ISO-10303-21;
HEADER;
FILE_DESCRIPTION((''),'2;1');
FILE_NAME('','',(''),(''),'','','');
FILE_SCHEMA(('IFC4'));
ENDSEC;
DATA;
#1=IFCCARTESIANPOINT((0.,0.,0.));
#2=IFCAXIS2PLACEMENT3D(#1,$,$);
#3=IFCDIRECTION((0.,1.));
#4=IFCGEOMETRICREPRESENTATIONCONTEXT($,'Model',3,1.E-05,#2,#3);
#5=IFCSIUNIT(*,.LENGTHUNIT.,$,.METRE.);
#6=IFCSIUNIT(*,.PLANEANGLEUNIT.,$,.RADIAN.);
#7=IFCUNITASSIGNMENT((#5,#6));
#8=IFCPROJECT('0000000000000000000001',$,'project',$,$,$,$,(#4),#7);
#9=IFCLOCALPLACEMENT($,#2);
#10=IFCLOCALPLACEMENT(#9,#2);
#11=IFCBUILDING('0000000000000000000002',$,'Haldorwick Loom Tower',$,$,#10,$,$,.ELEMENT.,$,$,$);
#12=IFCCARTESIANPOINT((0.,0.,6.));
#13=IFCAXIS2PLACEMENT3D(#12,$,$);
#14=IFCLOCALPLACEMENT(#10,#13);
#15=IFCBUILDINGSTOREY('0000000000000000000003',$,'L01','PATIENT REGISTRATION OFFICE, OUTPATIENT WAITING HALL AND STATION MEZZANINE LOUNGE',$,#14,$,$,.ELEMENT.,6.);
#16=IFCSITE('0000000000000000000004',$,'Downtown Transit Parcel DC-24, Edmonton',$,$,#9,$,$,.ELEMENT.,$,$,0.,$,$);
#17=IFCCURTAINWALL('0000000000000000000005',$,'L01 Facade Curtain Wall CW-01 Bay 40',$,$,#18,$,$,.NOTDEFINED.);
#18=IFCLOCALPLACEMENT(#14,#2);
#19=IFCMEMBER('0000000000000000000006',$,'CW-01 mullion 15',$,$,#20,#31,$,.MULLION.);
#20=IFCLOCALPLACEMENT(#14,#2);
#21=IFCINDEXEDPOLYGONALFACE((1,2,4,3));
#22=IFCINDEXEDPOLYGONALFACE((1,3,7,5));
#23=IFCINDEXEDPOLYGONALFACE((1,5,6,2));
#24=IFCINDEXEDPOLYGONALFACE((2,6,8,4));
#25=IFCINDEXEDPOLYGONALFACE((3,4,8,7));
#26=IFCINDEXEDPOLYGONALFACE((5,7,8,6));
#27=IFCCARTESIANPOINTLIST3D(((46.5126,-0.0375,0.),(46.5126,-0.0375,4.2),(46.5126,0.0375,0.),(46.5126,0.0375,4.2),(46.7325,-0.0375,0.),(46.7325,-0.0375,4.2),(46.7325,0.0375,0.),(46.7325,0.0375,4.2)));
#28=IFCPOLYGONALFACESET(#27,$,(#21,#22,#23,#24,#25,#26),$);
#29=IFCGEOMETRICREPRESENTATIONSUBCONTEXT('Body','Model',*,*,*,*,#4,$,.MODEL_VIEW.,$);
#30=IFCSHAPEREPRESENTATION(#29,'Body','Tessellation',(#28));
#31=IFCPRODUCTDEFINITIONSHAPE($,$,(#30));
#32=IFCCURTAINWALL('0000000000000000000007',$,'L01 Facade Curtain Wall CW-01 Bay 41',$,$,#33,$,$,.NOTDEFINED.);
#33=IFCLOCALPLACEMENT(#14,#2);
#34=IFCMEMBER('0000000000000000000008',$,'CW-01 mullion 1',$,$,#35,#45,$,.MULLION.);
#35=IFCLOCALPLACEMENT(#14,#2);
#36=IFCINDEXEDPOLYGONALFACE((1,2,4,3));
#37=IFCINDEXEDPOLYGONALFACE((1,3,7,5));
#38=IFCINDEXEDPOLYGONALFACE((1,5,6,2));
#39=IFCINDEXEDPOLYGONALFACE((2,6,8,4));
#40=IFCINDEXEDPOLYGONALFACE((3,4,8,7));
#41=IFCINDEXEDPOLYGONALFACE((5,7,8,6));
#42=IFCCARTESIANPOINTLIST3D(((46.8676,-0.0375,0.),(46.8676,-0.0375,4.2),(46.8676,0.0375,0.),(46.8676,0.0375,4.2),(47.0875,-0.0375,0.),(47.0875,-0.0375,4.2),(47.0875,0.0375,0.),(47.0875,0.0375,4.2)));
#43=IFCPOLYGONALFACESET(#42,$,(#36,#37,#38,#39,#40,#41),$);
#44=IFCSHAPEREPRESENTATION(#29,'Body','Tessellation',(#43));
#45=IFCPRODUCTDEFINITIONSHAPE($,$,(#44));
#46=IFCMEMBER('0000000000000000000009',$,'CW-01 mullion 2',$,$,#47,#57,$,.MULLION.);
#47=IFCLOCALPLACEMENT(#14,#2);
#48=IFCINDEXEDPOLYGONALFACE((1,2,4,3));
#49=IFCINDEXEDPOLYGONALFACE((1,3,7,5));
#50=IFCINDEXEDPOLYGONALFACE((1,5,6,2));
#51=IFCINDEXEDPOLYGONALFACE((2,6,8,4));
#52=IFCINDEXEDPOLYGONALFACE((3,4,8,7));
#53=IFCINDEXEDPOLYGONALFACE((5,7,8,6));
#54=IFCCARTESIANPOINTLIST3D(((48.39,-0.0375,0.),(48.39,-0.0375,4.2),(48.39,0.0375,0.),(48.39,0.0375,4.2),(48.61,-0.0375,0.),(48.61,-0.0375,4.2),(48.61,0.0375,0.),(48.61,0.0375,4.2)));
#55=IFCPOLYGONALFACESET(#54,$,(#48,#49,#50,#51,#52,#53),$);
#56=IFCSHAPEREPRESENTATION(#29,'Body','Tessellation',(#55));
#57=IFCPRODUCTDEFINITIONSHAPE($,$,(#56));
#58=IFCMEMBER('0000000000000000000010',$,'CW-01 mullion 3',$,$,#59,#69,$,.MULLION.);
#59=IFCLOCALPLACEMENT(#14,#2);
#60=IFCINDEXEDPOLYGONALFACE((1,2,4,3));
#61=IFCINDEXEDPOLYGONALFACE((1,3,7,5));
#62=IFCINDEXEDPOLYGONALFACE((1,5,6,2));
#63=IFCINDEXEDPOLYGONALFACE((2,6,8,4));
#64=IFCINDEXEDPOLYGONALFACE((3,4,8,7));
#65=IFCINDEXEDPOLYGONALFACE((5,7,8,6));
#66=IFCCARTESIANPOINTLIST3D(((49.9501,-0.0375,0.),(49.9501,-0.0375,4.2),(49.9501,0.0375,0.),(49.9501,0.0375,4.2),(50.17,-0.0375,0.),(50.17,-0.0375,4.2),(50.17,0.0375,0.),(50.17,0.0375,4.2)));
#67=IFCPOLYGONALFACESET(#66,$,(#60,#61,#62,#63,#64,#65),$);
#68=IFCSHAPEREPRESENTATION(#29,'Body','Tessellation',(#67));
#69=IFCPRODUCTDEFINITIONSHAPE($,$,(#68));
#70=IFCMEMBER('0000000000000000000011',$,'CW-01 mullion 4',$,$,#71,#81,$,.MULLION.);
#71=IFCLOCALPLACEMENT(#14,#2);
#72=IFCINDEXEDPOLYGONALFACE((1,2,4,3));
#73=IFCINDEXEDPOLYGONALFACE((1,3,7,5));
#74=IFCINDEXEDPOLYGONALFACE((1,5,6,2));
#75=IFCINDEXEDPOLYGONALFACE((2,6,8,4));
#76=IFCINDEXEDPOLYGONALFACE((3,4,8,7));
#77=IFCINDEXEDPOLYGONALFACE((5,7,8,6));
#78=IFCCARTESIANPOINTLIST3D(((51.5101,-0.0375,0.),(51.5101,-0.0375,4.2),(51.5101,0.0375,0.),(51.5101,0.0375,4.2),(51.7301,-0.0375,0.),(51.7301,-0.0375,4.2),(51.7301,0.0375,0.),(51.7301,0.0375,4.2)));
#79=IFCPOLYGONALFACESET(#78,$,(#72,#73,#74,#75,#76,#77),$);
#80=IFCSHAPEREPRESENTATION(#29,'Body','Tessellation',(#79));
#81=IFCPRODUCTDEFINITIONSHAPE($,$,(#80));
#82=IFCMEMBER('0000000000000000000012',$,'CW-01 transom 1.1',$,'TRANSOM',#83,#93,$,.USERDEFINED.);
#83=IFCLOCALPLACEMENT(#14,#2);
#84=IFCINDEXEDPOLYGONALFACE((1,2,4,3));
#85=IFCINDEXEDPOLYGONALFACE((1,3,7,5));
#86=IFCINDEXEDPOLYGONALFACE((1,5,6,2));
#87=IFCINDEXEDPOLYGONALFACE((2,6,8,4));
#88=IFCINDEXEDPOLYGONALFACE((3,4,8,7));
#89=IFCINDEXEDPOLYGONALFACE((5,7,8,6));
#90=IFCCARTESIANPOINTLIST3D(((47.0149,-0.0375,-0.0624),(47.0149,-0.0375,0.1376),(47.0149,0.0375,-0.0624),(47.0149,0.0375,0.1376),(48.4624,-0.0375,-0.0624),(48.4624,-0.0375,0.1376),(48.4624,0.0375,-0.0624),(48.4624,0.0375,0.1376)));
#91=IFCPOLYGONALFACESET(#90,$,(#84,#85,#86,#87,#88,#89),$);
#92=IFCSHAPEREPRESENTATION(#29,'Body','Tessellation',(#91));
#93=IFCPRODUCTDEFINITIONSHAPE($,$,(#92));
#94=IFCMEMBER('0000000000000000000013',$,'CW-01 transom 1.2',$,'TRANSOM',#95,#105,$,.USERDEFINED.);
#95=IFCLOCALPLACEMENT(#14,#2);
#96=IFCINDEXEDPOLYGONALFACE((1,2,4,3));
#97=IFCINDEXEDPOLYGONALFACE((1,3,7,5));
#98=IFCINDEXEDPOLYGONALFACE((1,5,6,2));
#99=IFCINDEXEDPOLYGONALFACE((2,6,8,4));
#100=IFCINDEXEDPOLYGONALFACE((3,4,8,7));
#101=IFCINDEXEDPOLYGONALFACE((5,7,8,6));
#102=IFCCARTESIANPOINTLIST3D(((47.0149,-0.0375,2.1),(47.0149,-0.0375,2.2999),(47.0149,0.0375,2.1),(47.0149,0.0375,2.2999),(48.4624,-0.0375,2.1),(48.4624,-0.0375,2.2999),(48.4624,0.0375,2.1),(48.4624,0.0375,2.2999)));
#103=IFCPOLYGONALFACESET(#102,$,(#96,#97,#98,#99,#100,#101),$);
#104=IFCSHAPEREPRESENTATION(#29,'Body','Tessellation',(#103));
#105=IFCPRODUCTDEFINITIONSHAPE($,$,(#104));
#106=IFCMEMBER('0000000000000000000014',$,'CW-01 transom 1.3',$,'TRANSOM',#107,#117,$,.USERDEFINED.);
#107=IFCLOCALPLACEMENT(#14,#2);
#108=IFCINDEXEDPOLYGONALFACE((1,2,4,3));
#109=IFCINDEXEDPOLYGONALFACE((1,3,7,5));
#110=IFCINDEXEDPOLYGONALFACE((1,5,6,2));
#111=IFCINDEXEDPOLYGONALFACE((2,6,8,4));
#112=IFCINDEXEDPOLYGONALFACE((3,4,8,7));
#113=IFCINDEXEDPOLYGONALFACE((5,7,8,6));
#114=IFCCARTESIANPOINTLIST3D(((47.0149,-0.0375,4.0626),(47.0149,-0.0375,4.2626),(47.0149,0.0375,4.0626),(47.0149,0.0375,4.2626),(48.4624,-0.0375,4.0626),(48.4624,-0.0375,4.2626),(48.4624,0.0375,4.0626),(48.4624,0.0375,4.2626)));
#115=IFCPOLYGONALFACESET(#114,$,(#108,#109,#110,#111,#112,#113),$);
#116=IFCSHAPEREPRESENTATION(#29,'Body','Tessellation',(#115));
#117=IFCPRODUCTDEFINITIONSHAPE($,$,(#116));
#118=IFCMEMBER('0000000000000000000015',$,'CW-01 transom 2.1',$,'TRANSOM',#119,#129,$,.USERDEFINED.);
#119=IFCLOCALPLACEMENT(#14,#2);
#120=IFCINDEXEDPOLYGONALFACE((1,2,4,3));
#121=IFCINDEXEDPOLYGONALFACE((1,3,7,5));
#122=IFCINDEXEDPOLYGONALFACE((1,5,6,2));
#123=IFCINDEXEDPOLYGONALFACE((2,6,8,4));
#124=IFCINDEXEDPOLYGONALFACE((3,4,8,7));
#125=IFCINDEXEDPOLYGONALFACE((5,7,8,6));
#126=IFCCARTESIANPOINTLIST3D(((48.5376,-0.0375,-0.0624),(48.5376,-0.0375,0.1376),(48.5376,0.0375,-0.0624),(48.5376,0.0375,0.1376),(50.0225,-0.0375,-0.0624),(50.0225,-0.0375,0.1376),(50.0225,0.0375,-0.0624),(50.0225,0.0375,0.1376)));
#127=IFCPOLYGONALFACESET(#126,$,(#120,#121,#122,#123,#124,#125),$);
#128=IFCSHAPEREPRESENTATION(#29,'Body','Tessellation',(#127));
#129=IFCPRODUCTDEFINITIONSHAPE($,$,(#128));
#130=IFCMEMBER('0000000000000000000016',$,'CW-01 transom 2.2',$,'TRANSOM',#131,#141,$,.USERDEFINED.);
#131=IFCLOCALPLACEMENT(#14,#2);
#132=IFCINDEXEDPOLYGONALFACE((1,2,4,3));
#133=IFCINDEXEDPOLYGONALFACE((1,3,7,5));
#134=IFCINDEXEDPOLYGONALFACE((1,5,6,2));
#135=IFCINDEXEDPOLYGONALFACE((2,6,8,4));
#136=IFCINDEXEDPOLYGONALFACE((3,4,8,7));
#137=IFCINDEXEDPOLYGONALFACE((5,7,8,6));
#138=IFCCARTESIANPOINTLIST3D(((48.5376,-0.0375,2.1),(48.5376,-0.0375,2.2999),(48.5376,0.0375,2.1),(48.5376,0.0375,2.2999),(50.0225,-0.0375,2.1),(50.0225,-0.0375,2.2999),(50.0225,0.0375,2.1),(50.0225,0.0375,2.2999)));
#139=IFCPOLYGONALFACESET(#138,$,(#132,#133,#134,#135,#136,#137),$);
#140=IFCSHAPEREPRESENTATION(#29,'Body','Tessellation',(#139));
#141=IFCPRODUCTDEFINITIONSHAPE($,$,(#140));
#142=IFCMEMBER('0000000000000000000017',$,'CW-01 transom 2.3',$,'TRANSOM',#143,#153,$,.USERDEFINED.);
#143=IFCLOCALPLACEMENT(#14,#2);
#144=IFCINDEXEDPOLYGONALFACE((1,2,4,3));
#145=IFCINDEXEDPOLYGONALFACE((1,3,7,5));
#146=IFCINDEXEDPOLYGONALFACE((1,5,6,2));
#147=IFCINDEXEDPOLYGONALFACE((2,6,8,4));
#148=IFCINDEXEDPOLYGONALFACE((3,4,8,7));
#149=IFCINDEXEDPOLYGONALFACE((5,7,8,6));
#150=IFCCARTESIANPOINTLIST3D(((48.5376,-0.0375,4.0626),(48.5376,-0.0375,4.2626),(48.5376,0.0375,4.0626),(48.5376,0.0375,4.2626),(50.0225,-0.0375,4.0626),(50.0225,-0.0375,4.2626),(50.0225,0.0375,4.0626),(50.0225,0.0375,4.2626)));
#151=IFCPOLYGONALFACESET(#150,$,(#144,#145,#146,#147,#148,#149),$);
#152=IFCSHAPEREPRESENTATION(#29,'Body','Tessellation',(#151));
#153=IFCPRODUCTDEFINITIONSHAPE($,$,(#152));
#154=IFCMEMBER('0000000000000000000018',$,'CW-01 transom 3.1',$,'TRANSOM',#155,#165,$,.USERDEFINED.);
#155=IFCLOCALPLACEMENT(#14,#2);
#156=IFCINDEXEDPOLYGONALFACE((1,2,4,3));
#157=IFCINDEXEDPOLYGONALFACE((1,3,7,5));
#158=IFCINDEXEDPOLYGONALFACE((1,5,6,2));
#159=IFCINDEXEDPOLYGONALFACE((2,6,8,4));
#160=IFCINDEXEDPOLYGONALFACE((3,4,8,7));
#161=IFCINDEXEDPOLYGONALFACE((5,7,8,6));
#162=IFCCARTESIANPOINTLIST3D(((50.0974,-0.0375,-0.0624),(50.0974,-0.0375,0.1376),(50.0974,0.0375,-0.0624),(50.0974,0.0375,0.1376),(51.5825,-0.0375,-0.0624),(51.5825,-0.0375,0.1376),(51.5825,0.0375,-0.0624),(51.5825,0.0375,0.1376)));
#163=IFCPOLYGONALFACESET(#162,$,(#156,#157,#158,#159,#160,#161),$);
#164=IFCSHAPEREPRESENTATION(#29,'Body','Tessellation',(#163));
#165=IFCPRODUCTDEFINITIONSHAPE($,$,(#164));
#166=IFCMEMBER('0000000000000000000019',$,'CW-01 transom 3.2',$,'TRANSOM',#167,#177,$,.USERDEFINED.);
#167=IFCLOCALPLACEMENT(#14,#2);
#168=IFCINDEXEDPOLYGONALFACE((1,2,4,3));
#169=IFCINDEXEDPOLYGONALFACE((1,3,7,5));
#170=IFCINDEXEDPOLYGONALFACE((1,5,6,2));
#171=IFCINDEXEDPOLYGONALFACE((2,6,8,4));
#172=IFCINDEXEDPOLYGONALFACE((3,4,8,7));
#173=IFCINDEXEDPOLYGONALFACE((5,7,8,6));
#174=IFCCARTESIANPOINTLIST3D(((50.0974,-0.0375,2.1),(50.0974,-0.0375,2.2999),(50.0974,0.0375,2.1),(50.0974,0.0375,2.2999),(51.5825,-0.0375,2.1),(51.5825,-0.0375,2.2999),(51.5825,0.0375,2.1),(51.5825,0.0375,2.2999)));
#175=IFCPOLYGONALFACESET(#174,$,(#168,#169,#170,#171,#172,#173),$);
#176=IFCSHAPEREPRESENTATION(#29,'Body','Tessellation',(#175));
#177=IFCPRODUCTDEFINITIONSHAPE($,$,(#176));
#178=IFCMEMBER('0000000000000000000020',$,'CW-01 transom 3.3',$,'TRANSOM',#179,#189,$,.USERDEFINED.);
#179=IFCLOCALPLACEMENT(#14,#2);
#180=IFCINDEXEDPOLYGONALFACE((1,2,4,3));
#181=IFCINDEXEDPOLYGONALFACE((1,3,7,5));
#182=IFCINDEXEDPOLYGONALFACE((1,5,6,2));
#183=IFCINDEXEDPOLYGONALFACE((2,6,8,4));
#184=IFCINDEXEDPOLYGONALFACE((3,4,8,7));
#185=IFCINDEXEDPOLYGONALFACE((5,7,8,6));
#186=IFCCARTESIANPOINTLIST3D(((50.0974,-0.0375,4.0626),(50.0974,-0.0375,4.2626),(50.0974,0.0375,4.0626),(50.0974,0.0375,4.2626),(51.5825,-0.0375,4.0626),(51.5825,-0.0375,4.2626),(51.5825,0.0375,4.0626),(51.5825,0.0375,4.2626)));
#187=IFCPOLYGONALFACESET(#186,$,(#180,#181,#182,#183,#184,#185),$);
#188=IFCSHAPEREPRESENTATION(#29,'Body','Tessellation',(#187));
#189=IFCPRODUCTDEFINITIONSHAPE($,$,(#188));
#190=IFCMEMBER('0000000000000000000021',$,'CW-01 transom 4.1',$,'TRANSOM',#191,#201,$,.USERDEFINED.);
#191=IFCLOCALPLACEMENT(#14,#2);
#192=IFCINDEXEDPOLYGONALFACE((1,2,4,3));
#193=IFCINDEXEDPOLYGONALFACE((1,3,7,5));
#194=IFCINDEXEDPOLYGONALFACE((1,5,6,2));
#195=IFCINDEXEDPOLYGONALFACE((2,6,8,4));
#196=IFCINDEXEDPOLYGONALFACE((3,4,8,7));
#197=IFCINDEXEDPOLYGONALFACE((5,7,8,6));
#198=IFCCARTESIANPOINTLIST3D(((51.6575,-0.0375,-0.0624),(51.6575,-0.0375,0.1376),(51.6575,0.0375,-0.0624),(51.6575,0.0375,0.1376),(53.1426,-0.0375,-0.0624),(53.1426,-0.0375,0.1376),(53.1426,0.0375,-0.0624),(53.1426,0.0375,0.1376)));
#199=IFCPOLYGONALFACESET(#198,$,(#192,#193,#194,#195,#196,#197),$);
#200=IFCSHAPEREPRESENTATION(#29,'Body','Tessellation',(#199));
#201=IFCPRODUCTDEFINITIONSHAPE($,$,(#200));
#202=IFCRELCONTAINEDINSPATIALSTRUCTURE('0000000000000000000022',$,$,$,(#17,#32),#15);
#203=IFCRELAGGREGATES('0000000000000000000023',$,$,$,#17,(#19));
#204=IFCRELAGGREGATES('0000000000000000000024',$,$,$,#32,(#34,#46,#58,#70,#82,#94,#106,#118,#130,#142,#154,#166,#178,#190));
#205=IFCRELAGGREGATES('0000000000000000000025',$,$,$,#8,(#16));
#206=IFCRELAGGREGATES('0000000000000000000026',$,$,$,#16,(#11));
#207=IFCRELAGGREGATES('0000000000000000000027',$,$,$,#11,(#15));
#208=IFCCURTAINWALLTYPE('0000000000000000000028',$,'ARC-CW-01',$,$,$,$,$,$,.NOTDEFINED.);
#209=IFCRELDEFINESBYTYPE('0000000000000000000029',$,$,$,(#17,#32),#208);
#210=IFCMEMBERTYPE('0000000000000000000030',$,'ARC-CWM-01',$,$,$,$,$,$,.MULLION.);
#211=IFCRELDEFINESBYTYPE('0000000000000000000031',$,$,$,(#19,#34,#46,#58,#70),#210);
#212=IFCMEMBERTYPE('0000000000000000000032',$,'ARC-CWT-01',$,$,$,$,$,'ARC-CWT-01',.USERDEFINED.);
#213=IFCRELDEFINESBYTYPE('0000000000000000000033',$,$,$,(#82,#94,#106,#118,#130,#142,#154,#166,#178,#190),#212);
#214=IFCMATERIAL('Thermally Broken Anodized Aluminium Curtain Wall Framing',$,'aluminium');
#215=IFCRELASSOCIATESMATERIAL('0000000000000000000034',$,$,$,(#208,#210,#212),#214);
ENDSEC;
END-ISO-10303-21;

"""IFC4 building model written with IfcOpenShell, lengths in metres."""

from ifc_helpers import new_model, si_unit, direction, frame, origin, origin_2d, place, context, subcontext, project, spatial, rectangle, extrude, material, material_profile, profile_set, type_object, element, aggregate, save


model = new_model("IFC4")

# Units and contexts
model_context = context("Model", 3, precision=1e-05, world=origin(), true_north=direction((0.0, 1.0)))
body_context = subcontext(model_context, "Body", "Model", "MODEL_VIEW")
ifc_project = project(units=[si_unit("LENGTHUNIT", "METRE"), si_unit("PLANEANGLEUNIT", "RADIAN")], contexts=[model_context])

# Site, building, storey
site_placement = place(None, origin())
site = spatial("IfcSite", under=ifc_project, at=site_placement, Name="Downtown Transit Parcel DC-24, Edmonton", CompositionType="ELEMENT", RefElevation=0.0)
building_placement = place(site_placement, origin())
building = spatial("IfcBuilding", under=site, at=building_placement, Name="Haldorwick Loom Tower", CompositionType="ELEMENT")
storey_placement = place(building_placement, frame((0.0, 0.0, 6.0)))
storey = spatial("IfcBuildingStorey", under=building, at=storey_placement, Name="L01", Description="PATIENT REGISTRATION OFFICE, OUTPATIENT WAITING HALL AND STATION MEZZANINE LOUNGE", CompositionType="ELEMENT", Elevation=6.0)

# Curtain wall, member
ifc_material_1 = material(Name="Thermally Broken Anodized Aluminium Curtain Wall Framing", Category="aluminium")
curtain_wall_type = type_object("IfcCurtainWallType", Name="ARC-CW-01", PredefinedType="NOTDEFINED", material=ifc_material_1)
curtain_wall_1_placement = place(storey_placement, origin())
curtain_wall_1 = element("IfcCurtainWall", 1, at=curtain_wall_1_placement, inside=storey, type_object=curtain_wall_type, Name="L01 Facade Curtain Wall CW-01 Bay 40", PredefinedType="NOTDEFINED")
ifc_material_profile_1 = material_profile(ifc_material_1, rectangle(XDim=0.075, YDim=0.22, at=origin_2d()), Name="ALU_MUL_75X220", Category="aluminium")
ifc_profile_set_1 = profile_set([ifc_material_profile_1], Name="Thermally Broken Anodized Aluminium Curtain Wall Framing")
member_type_1 = type_object("IfcMemberType", Name="ARC-CWM-01", PredefinedType="MULLION", material=ifc_profile_set_1)
member_1_placement = place(storey_placement, frame((46.6226, 0.0, 0.0), z_axis=(0.0, 0.0, 1.0), x_axis=(0.0, 1.0, 0.0)))
member_1 = element("IfcMember", 2, at=member_1_placement, type_object=member_type_1, Name="CW-01 mullion 15", PredefinedType="MULLION", context=body_context, shape_type="SweptSolid", body=[
    extrude(rectangle(XDim=0.075, YDim=0.22, at=origin_2d()), origin(), (0.0, 0.0, 1.0), 4.2),
])
aggregate(curtain_wall_1, [member_1])

# Curtain wall, members
curtain_wall_2_placement = place(storey_placement, origin())
curtain_wall_2 = element("IfcCurtainWall", 3, at=curtain_wall_2_placement, inside=storey, type_object=curtain_wall_type, Name="L01 Facade Curtain Wall CW-01 Bay 41", PredefinedType="NOTDEFINED")
member_2_placement = place(storey_placement, frame((46.9775, 0.0, 0.0), z_axis=(0.0, 0.0, 1.0), x_axis=(0.0, 1.0, 0.0)))
member_2 = element("IfcMember", 4, at=member_2_placement, type_object=member_type_1, Name="CW-01 mullion 1", PredefinedType="MULLION", context=body_context, shape_type="SweptSolid", body=[
    extrude(rectangle(XDim=0.075, YDim=0.22, at=origin_2d()), origin(), (0.0, 0.0, 1.0), 4.2),
])
member_3_placement = place(storey_placement, frame((48.5, 0.0, 0.0), z_axis=(0.0, 0.0, 1.0), x_axis=(0.0, 1.0, 0.0)))
member_3 = element("IfcMember", 5, at=member_3_placement, type_object=member_type_1, Name="CW-01 mullion 2", PredefinedType="MULLION", context=body_context, shape_type="SweptSolid", body=[
    extrude(rectangle(XDim=0.075, YDim=0.22, at=origin_2d()), origin(), (0.0, 0.0, 1.0), 4.2),
])
member_4_placement = place(storey_placement, frame((50.0601, 0.0, 0.0), z_axis=(0.0, 0.0, 1.0), x_axis=(0.0, 1.0, 0.0)))
member_4 = element("IfcMember", 6, at=member_4_placement, type_object=member_type_1, Name="CW-01 mullion 3", PredefinedType="MULLION", context=body_context, shape_type="SweptSolid", body=[
    extrude(rectangle(XDim=0.075, YDim=0.22, at=origin_2d()), origin(), (0.0, 0.0, 1.0), 4.2),
])
member_5_placement = place(storey_placement, frame((51.6201, 0.0, 0.0), z_axis=(0.0, 0.0, 1.0), x_axis=(0.0, 1.0, 0.0)))
member_5 = element("IfcMember", 7, at=member_5_placement, type_object=member_type_1, Name="CW-01 mullion 4", PredefinedType="MULLION", context=body_context, shape_type="SweptSolid", body=[
    extrude(rectangle(XDim=0.075, YDim=0.22, at=origin_2d()), origin(), (0.0, 0.0, 1.0), 4.2),
])
ifc_material_profile_2 = material_profile(ifc_material_1, rectangle(XDim=0.075, YDim=0.2, at=origin_2d()), Name="ALU_TRN_75X200", Category="aluminium")
ifc_profile_set_2 = profile_set([ifc_material_profile_2], Name="Thermally Broken Anodized Aluminium Curtain Wall Framing")
member_type_2 = type_object("IfcMemberType", Name="ARC-CWT-01", ElementType="ARC-CWT-01", PredefinedType="USERDEFINED", material=ifc_profile_set_2)
member_6_placement = place(storey_placement, frame((47.0149, 0.0, 0.0376), z_axis=(1.0, 0.0, 0.0), x_axis=(0.0, 1.0, 0.0)))
member_6 = element("IfcMember", 8, at=member_6_placement, type_object=member_type_2, Name="CW-01 transom 1.1", ObjectType="TRANSOM", PredefinedType="USERDEFINED", context=body_context, shape_type="SweptSolid", body=[
    extrude(rectangle(XDim=0.075, YDim=0.2, at=origin_2d()), origin(), (0.0, 0.0, 1.0), 1.4475),
])
member_7_placement = place(storey_placement, frame((47.0149, 0.0, 2.2), z_axis=(1.0, 0.0, 0.0), x_axis=(0.0, 1.0, 0.0)))
member_7 = element("IfcMember", 9, at=member_7_placement, type_object=member_type_2, Name="CW-01 transom 1.2", ObjectType="TRANSOM", PredefinedType="USERDEFINED", context=body_context, shape_type="SweptSolid", body=[
    extrude(rectangle(XDim=0.075, YDim=0.2, at=origin_2d()), origin(), (0.0, 0.0, 1.0), 1.4475),
])
member_8_placement = place(storey_placement, frame((47.0149, 0.0, 4.1626), z_axis=(1.0, 0.0, 0.0), x_axis=(0.0, 1.0, 0.0)))
member_8 = element("IfcMember", 10, at=member_8_placement, type_object=member_type_2, Name="CW-01 transom 1.3", ObjectType="TRANSOM", PredefinedType="USERDEFINED", context=body_context, shape_type="SweptSolid", body=[
    extrude(rectangle(XDim=0.075, YDim=0.2, at=origin_2d()), origin(), (0.0, 0.0, 1.0), 1.4475),
])
member_9_placement = place(storey_placement, frame((48.5376, 0.0, 0.0376), z_axis=(1.0, 0.0, 0.0), x_axis=(0.0, 1.0, 0.0)))
member_9 = element("IfcMember", 11, at=member_9_placement, type_object=member_type_2, Name="CW-01 transom 2.1", ObjectType="TRANSOM", PredefinedType="USERDEFINED", context=body_context, shape_type="SweptSolid", body=[
    extrude(rectangle(XDim=0.075, YDim=0.2, at=origin_2d()), origin(), (0.0, 0.0, 1.0), 1.4849),
])
member_10_placement = place(storey_placement, frame((48.5376, 0.0, 2.2), z_axis=(1.0, 0.0, 0.0), x_axis=(0.0, 1.0, 0.0)))
member_10 = element("IfcMember", 12, at=member_10_placement, type_object=member_type_2, Name="CW-01 transom 2.2", ObjectType="TRANSOM", PredefinedType="USERDEFINED", context=body_context, shape_type="SweptSolid", body=[
    extrude(rectangle(XDim=0.075, YDim=0.2, at=origin_2d()), origin(), (0.0, 0.0, 1.0), 1.4849),
])
member_11_placement = place(storey_placement, frame((48.5376, 0.0, 4.1626), z_axis=(1.0, 0.0, 0.0), x_axis=(0.0, 1.0, 0.0)))
member_11 = element("IfcMember", 13, at=member_11_placement, type_object=member_type_2, Name="CW-01 transom 2.3", ObjectType="TRANSOM", PredefinedType="USERDEFINED", context=body_context, shape_type="SweptSolid", body=[
    extrude(rectangle(XDim=0.075, YDim=0.2, at=origin_2d()), origin(), (0.0, 0.0, 1.0), 1.4849),
])
member_12_placement = place(storey_placement, frame((50.0974, 0.0, 0.0376), z_axis=(1.0, 0.0, 0.0), x_axis=(0.0, 1.0, 0.0)))
member_12 = element("IfcMember", 14, at=member_12_placement, type_object=member_type_2, Name="CW-01 transom 3.1", ObjectType="TRANSOM", PredefinedType="USERDEFINED", context=body_context, shape_type="SweptSolid", body=[
    extrude(rectangle(XDim=0.075, YDim=0.2, at=origin_2d()), origin(), (0.0, 0.0, 1.0), 1.4851),
])
member_13_placement = place(storey_placement, frame((50.0974, 0.0, 2.2), z_axis=(1.0, 0.0, 0.0), x_axis=(0.0, 1.0, 0.0)))
member_13 = element("IfcMember", 15, at=member_13_placement, type_object=member_type_2, Name="CW-01 transom 3.2", ObjectType="TRANSOM", PredefinedType="USERDEFINED", context=body_context, shape_type="SweptSolid", body=[
    extrude(rectangle(XDim=0.075, YDim=0.2, at=origin_2d()), origin(), (0.0, 0.0, 1.0), 1.4851),
])
member_14_placement = place(storey_placement, frame((50.0974, 0.0, 4.1626), z_axis=(1.0, 0.0, 0.0), x_axis=(0.0, 1.0, 0.0)))
member_14 = element("IfcMember", 16, at=member_14_placement, type_object=member_type_2, Name="CW-01 transom 3.3", ObjectType="TRANSOM", PredefinedType="USERDEFINED", context=body_context, shape_type="SweptSolid", body=[
    extrude(rectangle(XDim=0.075, YDim=0.2, at=origin_2d()), origin(), (0.0, 0.0, 1.0), 1.4851),
])
member_15_placement = place(storey_placement, frame((51.6575, 0.0, 0.0376), z_axis=(1.0, 0.0, 0.0), x_axis=(0.0, 1.0, 0.0)))
member_15 = element("IfcMember", 17, at=member_15_placement, type_object=member_type_2, Name="CW-01 transom 4.1", ObjectType="TRANSOM", PredefinedType="USERDEFINED", context=body_context, shape_type="SweptSolid", body=[
    extrude(rectangle(XDim=0.075, YDim=0.2, at=origin_2d()), origin(), (0.0, 0.0, 1.0), 1.4851),
])
aggregate(curtain_wall_2, [member_2, member_3, member_4, member_5, member_6, member_7, member_8, member_9, member_10, member_11, member_12, member_13, member_14, member_15])

save(model, "model.ifc")
